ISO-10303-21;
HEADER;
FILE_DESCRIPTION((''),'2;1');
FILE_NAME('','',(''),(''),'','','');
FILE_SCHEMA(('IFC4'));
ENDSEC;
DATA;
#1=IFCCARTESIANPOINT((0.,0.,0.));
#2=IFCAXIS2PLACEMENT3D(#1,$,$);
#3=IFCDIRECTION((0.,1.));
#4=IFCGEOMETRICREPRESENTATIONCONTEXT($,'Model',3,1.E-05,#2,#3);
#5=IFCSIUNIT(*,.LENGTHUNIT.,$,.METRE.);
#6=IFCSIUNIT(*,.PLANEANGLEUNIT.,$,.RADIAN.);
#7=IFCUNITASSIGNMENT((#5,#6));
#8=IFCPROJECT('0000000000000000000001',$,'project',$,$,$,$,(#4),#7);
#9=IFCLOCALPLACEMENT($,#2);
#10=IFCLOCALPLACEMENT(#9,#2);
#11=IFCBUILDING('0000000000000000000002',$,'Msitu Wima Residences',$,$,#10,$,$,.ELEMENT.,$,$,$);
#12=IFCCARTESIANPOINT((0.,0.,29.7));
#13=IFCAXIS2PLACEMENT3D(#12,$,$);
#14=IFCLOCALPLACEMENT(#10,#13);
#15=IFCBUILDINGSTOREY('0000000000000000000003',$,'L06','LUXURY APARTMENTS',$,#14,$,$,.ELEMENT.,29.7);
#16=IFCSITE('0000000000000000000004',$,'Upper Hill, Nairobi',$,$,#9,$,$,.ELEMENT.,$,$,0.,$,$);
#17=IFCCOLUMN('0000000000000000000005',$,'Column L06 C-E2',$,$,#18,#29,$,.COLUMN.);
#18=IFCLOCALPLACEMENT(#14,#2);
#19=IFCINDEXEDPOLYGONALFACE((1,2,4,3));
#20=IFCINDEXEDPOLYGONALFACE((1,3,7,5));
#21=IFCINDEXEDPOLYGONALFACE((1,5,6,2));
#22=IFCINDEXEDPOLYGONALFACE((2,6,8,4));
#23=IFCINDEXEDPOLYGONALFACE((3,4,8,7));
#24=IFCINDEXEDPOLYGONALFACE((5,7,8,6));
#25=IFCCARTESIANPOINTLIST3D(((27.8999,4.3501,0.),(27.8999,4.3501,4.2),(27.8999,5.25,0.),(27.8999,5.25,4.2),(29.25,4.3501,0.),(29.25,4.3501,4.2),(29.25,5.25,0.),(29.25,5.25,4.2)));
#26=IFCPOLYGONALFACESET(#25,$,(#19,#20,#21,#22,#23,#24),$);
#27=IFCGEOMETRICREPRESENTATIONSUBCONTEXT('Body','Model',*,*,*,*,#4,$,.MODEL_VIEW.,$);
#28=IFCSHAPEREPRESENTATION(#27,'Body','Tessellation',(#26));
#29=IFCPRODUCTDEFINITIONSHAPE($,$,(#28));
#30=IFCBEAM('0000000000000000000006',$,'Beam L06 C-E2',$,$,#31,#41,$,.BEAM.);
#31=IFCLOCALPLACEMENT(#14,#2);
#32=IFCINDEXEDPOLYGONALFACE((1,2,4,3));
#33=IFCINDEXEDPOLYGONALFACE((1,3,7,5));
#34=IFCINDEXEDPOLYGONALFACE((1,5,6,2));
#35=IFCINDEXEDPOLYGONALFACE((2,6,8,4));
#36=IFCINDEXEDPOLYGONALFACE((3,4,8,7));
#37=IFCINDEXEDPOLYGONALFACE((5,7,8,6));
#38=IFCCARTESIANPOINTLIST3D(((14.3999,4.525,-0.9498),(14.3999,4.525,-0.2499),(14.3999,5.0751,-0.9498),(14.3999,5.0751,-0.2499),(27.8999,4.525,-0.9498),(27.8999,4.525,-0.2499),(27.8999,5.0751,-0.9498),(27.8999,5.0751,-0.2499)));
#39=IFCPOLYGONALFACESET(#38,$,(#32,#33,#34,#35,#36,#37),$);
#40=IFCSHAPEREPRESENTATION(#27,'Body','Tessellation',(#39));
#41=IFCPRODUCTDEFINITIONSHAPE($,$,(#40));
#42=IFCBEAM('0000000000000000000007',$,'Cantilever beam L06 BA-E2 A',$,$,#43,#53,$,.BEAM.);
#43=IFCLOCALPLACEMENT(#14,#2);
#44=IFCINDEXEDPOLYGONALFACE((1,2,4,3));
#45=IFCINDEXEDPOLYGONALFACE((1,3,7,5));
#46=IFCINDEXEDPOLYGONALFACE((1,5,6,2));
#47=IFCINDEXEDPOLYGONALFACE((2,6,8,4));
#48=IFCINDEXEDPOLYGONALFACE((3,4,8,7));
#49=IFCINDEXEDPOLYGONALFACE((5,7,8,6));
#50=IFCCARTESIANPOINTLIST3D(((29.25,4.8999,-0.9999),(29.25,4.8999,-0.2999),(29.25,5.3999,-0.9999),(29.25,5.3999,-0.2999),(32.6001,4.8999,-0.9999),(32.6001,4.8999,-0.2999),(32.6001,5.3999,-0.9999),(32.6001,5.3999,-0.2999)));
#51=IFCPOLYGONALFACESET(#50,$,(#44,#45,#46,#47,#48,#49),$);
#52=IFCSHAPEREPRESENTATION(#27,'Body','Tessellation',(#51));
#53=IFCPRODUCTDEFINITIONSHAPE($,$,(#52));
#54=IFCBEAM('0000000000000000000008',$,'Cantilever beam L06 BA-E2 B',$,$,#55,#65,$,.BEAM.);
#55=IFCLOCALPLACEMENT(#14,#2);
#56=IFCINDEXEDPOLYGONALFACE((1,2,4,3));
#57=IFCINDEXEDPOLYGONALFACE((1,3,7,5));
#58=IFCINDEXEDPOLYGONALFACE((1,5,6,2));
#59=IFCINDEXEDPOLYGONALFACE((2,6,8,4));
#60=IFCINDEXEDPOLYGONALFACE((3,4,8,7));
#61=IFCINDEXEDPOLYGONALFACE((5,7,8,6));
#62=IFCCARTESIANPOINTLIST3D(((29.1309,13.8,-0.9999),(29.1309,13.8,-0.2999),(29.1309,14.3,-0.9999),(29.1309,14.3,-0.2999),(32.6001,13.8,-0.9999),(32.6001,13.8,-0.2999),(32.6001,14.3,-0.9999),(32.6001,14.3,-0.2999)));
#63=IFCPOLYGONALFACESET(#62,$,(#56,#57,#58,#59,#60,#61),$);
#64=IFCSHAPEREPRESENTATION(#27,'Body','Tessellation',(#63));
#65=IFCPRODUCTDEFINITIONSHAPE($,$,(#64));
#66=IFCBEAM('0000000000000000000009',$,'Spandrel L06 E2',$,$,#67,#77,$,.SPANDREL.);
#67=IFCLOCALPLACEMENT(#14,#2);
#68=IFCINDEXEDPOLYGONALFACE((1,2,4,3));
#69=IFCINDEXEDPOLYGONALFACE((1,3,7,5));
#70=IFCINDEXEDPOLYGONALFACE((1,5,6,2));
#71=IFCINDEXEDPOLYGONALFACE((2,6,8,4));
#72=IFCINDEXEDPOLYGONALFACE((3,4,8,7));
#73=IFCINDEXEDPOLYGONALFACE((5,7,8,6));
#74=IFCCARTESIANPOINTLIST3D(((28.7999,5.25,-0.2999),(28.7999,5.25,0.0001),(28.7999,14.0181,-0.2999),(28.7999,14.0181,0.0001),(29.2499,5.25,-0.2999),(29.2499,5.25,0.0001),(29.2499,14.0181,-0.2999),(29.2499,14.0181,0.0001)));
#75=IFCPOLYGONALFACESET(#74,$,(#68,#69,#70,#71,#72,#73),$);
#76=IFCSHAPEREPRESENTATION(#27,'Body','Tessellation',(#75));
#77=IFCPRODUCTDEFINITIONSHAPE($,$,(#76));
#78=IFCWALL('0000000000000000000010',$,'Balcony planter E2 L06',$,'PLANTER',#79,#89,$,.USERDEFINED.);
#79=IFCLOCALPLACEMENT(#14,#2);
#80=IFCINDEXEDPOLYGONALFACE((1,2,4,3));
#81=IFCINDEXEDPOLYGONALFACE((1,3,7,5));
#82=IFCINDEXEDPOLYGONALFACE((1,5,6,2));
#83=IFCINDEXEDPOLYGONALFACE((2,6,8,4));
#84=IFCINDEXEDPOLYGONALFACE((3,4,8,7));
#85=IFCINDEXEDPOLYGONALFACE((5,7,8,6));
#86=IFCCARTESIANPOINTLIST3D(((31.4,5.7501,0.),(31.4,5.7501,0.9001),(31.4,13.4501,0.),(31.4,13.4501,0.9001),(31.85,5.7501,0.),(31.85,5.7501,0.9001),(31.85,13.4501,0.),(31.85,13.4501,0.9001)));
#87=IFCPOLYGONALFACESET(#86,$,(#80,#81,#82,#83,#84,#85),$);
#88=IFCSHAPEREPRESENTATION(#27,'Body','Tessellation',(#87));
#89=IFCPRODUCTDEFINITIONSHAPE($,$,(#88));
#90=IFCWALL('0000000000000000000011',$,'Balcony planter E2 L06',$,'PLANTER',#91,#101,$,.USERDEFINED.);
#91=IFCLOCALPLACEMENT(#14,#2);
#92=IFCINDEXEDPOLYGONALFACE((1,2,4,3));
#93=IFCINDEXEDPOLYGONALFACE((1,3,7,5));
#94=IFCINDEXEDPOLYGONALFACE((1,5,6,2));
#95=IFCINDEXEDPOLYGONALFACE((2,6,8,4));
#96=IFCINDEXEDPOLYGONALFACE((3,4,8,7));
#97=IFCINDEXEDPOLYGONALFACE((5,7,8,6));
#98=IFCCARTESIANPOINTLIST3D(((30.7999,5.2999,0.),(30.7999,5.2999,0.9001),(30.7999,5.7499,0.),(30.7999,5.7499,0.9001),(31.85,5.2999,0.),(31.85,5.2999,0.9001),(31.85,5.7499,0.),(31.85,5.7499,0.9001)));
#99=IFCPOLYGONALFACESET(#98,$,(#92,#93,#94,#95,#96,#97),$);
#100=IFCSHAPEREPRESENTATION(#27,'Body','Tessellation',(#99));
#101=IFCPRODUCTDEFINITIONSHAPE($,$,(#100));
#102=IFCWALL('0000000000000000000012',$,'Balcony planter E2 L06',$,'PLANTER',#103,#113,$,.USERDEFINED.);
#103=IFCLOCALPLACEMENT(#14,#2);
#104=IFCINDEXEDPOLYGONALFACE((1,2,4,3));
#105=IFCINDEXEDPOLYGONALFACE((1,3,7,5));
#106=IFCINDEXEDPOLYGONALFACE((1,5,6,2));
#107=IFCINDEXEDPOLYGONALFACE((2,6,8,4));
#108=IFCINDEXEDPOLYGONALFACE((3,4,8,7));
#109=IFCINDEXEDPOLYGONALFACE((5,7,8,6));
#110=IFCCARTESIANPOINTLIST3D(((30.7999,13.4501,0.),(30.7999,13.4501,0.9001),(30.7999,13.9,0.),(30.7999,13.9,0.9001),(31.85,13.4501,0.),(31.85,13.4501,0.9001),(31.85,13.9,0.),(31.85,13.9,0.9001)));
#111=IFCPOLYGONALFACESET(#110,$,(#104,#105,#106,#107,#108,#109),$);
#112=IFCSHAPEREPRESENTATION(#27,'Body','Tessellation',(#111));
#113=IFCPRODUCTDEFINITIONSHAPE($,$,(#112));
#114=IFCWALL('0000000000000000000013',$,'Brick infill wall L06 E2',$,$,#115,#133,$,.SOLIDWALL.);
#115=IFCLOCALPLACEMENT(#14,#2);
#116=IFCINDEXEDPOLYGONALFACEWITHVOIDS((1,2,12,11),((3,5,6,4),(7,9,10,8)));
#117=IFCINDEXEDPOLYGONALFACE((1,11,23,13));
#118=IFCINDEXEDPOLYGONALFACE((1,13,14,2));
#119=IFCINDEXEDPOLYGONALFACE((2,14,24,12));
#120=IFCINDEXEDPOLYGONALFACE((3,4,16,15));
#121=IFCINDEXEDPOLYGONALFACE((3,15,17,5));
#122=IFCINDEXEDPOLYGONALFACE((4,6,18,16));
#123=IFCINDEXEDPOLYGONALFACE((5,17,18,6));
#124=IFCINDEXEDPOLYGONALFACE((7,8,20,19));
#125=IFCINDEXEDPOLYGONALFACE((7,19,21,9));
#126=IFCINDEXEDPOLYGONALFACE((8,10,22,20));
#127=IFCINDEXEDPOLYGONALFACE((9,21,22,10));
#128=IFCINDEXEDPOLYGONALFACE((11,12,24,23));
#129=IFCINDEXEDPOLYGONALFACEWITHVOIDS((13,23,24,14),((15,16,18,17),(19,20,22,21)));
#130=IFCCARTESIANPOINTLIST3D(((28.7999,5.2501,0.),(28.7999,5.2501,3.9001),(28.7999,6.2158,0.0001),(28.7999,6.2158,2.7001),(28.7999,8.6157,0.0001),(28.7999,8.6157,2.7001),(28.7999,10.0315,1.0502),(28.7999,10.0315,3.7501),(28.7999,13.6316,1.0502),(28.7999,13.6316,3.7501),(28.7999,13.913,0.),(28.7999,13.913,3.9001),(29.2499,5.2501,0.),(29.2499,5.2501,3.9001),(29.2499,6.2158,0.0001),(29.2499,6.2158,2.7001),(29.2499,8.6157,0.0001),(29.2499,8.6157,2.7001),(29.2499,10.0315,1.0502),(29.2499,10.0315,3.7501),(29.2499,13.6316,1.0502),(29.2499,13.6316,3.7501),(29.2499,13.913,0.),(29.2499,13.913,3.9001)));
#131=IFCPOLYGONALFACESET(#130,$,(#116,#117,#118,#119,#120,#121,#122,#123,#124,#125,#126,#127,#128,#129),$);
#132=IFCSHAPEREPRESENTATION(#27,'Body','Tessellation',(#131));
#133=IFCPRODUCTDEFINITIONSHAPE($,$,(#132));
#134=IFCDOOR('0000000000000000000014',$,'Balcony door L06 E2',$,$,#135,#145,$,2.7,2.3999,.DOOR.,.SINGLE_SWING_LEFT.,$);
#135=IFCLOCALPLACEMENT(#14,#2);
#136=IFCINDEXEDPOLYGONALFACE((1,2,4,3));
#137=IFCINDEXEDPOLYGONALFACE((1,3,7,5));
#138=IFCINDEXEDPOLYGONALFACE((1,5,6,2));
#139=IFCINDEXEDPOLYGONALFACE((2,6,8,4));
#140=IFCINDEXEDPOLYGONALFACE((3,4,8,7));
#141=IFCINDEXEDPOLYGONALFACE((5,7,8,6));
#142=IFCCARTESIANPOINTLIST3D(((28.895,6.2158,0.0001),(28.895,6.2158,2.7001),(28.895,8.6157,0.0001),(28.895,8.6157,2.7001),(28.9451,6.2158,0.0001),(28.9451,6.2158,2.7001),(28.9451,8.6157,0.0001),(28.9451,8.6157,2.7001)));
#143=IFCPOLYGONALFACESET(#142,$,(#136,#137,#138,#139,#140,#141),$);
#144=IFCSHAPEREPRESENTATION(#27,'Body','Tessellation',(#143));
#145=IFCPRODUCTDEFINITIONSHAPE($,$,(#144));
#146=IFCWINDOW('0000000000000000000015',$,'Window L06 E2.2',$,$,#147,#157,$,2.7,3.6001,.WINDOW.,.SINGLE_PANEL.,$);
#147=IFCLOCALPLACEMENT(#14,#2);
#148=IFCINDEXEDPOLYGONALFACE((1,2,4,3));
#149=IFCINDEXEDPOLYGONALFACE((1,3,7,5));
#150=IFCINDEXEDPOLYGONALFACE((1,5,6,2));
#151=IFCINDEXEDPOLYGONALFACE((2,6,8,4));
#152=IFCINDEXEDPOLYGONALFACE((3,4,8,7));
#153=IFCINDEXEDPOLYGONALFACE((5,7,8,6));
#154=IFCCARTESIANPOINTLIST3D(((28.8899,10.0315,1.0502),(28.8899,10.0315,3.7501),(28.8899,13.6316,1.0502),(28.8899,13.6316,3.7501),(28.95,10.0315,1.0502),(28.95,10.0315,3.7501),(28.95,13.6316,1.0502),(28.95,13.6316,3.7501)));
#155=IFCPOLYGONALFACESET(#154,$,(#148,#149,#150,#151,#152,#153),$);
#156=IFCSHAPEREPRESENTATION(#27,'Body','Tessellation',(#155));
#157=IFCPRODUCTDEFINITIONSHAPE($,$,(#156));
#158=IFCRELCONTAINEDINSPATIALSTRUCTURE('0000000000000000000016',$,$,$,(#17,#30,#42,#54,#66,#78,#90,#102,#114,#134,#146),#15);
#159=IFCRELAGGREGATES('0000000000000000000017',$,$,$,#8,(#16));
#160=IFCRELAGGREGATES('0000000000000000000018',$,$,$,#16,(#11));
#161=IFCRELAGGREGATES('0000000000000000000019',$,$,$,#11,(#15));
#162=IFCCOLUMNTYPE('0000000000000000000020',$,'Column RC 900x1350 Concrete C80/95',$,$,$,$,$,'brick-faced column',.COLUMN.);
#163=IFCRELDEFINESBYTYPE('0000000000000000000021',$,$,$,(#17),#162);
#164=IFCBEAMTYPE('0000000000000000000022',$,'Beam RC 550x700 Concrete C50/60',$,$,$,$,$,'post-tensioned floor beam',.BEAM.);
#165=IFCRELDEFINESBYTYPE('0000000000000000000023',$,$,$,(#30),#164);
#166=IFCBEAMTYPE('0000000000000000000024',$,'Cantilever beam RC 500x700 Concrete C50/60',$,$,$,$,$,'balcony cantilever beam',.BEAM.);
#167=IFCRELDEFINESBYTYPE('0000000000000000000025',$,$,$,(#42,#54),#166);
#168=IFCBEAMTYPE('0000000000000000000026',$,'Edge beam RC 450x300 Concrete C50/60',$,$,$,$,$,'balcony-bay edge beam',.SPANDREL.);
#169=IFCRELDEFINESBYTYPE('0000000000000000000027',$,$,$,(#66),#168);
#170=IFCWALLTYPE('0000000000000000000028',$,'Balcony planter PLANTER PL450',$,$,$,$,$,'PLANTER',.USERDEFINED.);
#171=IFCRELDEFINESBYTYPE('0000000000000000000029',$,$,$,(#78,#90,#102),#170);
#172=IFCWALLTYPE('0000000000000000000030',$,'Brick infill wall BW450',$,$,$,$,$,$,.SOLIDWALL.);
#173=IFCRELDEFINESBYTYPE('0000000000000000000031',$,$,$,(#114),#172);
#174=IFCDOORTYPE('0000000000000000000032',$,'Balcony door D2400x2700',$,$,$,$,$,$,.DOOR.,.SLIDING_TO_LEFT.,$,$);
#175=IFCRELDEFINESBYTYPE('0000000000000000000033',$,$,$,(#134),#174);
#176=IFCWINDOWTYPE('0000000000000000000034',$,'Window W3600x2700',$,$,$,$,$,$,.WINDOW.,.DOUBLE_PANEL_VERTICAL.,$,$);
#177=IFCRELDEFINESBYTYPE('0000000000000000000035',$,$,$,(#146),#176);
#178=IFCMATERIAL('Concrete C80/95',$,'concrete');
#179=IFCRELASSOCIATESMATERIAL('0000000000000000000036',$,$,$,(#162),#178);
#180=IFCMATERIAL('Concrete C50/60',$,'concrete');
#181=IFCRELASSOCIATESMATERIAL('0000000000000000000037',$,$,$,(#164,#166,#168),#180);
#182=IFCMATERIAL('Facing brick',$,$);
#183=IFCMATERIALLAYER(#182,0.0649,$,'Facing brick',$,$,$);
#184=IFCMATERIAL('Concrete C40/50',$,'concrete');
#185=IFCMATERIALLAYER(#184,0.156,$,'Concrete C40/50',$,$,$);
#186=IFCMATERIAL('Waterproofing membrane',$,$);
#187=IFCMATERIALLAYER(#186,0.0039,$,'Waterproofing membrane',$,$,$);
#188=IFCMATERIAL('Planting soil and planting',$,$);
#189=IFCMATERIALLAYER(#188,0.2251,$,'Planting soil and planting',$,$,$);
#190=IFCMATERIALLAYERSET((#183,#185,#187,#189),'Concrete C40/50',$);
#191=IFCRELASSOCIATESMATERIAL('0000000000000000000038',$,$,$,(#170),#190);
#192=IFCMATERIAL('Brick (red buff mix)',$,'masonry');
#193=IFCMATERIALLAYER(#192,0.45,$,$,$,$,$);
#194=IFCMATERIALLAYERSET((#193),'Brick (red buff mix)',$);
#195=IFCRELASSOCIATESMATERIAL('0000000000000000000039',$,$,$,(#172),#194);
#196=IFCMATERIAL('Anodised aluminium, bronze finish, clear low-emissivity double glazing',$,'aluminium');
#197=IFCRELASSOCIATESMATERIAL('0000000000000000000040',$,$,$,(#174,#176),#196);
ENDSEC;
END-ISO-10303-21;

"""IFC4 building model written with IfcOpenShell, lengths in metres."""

from ifc_helpers import new_model, si_unit, direction, frame, frame_2d, origin, origin_2d, place, context, subcontext, project, spatial, rectangle, extrude, material, layer, layer_set, material_profile, profile_set, type_object, element, fill, save


model = new_model("IFC4")

# Units and contexts
model_context = context("Model", 3, precision=1e-05, world=origin(), true_north=direction((0.0, 1.0)))
body_context = subcontext(model_context, "Body", "Model", "MODEL_VIEW")
ifc_project = project(units=[si_unit("LENGTHUNIT", "METRE"), si_unit("PLANEANGLEUNIT", "RADIAN")], contexts=[model_context])

# Site, building, storey
site_placement = place(None, origin())
site = spatial("IfcSite", under=ifc_project, at=site_placement, Name="Upper Hill, Nairobi", CompositionType="ELEMENT", RefElevation=0.0)
building_placement = place(site_placement, origin())
building = spatial("IfcBuilding", under=site, at=building_placement, Name="Msitu Wima Residences", CompositionType="ELEMENT")
storey_placement = place(building_placement, frame((0.0, 0.0, 29.7)))
storey = spatial("IfcBuildingStorey", under=building, at=storey_placement, Name="L06", Description="LUXURY APARTMENTS", CompositionType="ELEMENT", Elevation=29.7)

# Column
ifc_material_1 = material(Name="Concrete C80/95", Category="concrete")
ifc_material_profile_1 = material_profile(ifc_material_1, rectangle(XDim=0.8999, YDim=1.3501, at=origin_2d()), Name="RC 900x1350")
ifc_profile_set_1 = profile_set([ifc_material_profile_1], Name="Concrete C80/95")
column_type = type_object("IfcColumnType", Name="Column RC 900x1350 Concrete C80/95", ElementType="brick-faced column", PredefinedType="COLUMN", material=ifc_profile_set_1)
column_placement = place(storey_placement, frame((28.575, 4.8, 0.0), z_axis=(0.0, 0.0, 1.0), x_axis=(0.0, 1.0, 0.0)))
element("IfcColumn", 1, at=column_placement, inside=storey, type_object=column_type, Name="Column L06 C-E2", PredefinedType="COLUMN", context=body_context, shape_type="SweptSolid", body=[
    extrude(rectangle(XDim=0.8999, YDim=1.3501, at=origin_2d()), origin(), (0.0, 0.0, 1.0), 4.2),
])

# Beams
ifc_material_2 = material(Name="Concrete C50/60", Category="concrete")
ifc_material_profile_2 = material_profile(ifc_material_2, rectangle(XDim=0.55, YDim=0.7, at=origin_2d()), Name="RC 550x700")
ifc_profile_set_2 = profile_set([ifc_material_profile_2], Name="Concrete C50/60")
beam_type_1 = type_object("IfcBeamType", Name="Beam RC 550x700 Concrete C50/60", ElementType="post-tensioned floor beam", PredefinedType="BEAM", material=ifc_profile_set_2)
beam_1_placement = place(storey_placement, frame((27.8999, 4.8, -0.5999), z_axis=(-1.0, 0.0, 0.0), x_axis=(0.0, -1.0, 0.0)))
element("IfcBeam", 2, at=beam_1_placement, inside=storey, type_object=beam_type_1, Name="Beam L06 C-E2", PredefinedType="BEAM", context=body_context, shape_type="SweptSolid", body=[
    extrude(rectangle(XDim=0.55, YDim=0.7, at=origin_2d()), origin(), (0.0, 0.0, 1.0), 13.5),
])
ifc_material_profile_3 = material_profile(ifc_material_2, rectangle(XDim=0.5, YDim=0.7, at=origin_2d()), Name="RC 500x700")
ifc_profile_set_3 = profile_set([ifc_material_profile_3], Name="Concrete C50/60")
beam_type_2 = type_object("IfcBeamType", Name="Cantilever beam RC 500x700 Concrete C50/60", ElementType="balcony cantilever beam", PredefinedType="BEAM", material=ifc_profile_set_3)
beam_2_placement = place(storey_placement, frame((29.25, 5.1499, -0.6499), z_axis=(1.0, 0.0, 0.0), x_axis=(0.0, 1.0, 0.0)))
element("IfcBeam", 3, at=beam_2_placement, inside=storey, type_object=beam_type_2, Name="Cantilever beam L06 BA-E2 A", PredefinedType="BEAM", context=body_context, shape_type="SweptSolid", body=[
    extrude(rectangle(XDim=0.5, YDim=0.7, at=origin_2d()), origin(), (0.0, 0.0, 1.0), 3.3501),
])
beam_3_placement = place(storey_placement, frame((29.1309, 14.05, -0.6499), z_axis=(1.0, 0.0, 0.0), x_axis=(0.0, 1.0, 0.0)))
element("IfcBeam", 4, at=beam_3_placement, inside=storey, type_object=beam_type_2, Name="Cantilever beam L06 BA-E2 B", PredefinedType="BEAM", context=body_context, shape_type="SweptSolid", body=[
    extrude(rectangle(XDim=0.5, YDim=0.7, at=origin_2d()), origin(), (0.0, 0.0, 1.0), 3.4692),
])
ifc_material_profile_4 = material_profile(ifc_material_2, rectangle(XDim=0.45, YDim=0.3, at=origin_2d()), Name="RC 450x300")
ifc_profile_set_4 = profile_set([ifc_material_profile_4], Name="Concrete C50/60")
beam_type_3 = type_object("IfcBeamType", Name="Edge beam RC 450x300 Concrete C50/60", ElementType="balcony-bay edge beam", PredefinedType="SPANDREL", material=ifc_profile_set_4)
beam_4_placement = place(storey_placement, frame((29.0249, 5.25, -0.1499), z_axis=(0.0, 1.0, 0.0), x_axis=(-1.0, 0.0, 0.0)))
element("IfcBeam", 5, at=beam_4_placement, inside=storey, type_object=beam_type_3, Name="Spandrel L06 E2", PredefinedType="SPANDREL", context=body_context, shape_type="SweptSolid", body=[
    extrude(rectangle(XDim=0.45, YDim=0.3, at=origin_2d()), origin(), (0.0, 0.0, 1.0), 8.7681),
])

# Walls
ifc_material_3 = material(Name="Facing brick")
ifc_layer_1 = layer(ifc_material_3, 0.0649, Name="Facing brick")
ifc_material_4 = material(Name="Concrete C40/50", Category="concrete")
ifc_layer_2 = layer(ifc_material_4, 0.156, Name="Concrete C40/50")
ifc_material_5 = material(Name="Waterproofing membrane")
ifc_layer_3 = layer(ifc_material_5, 0.0039, Name="Waterproofing membrane")
ifc_material_6 = material(Name="Planting soil and planting")
ifc_layer_4 = layer(ifc_material_6, 0.2251, Name="Planting soil and planting")
ifc_layer_set_1 = layer_set([ifc_layer_1, ifc_layer_2, ifc_layer_3, ifc_layer_4], Name="Concrete C40/50")
wall_type_1 = type_object("IfcWallType", Name="Balcony planter PLANTER PL450", ElementType="PLANTER", PredefinedType="USERDEFINED", material=ifc_layer_set_1)
wall_1_placement = place(storey_placement, frame((31.625, 5.75, 0.0), z_axis=(0.0, 0.0, 1.0), x_axis=(0.0, 1.0, 0.0)))
element("IfcWall", 6, at=wall_1_placement, inside=storey, type_object=wall_type_1, Name="Balcony planter E2 L06", ObjectType="PLANTER", PredefinedType="USERDEFINED", context=body_context, shape_type="SweptSolid", body=[
    extrude(rectangle(XDim=7.7, YDim=0.45, at=frame_2d((3.8501, 0.0))), origin(), (0.0, 0.0, 1.0), 0.9001),
])
for number, where, z_axis, x_axis, name in (
    (7, (30.8, 5.5249, 0.0), (0.0, 0.0, 1.0), (1.0, 0.0, 0.0), "Balcony planter E2 L06"),
    (8, (30.8, 13.675, 0.0), (0.0, 0.0, 1.0), (1.0, 0.0, 0.0), "Balcony planter E2 L06"),
):
    element("IfcWall", number, at=place(storey_placement, frame(where, z_axis=z_axis, x_axis=x_axis)), inside=storey, type_object=wall_type_1, Name=name, ObjectType="PLANTER", PredefinedType="USERDEFINED", context=body_context, shape_type="SweptSolid", body=[
        extrude(rectangle(XDim=1.05, YDim=0.45, at=frame_2d((0.5249, 0.0))), origin(), (0.0, 0.0, 1.0), 0.9001),
    ])

# Wall, openings, door, window
ifc_material_7 = material(Name="Brick (red buff mix)", Category="masonry")
ifc_layer_5 = layer(ifc_material_7, 0.45)
ifc_layer_set_2 = layer_set([ifc_layer_5], Name="Brick (red buff mix)")
wall_type_2 = type_object("IfcWallType", Name="Brick infill wall BW450", PredefinedType="SOLIDWALL", material=ifc_layer_set_2)
wall_2_placement = place(storey_placement, frame((29.0249, 5.25, 0.0), z_axis=(0.0, 0.0, 1.0), x_axis=(0.0, 1.0, 0.0)))
wall_2 = element("IfcWall", 9, at=wall_2_placement, inside=storey, type_object=wall_type_2, Name="Brick infill wall L06 E2", PredefinedType="SOLIDWALL", context=body_context, shape_type="SweptSolid", body=[
    extrude(rectangle(XDim=8.6628, YDim=0.45, at=frame_2d((4.3315, 0.0))), origin(), (0.0, 0.0, 1.0), 3.9001),
])
opening_1_placement = place(wall_2_placement, frame((0.9658, 0.0, 0.0)))
opening_1 = element("IfcOpeningElement", 10, at=opening_1_placement, cuts=wall_2, PredefinedType="OPENING", context=body_context, shape_type="SweptSolid", body=[
    extrude(rectangle(XDim=2.3999, YDim=2.7, at=frame_2d((1.2, 1.3501))), frame((0.0, 0.2349, 0.0), z_axis=(0.0, -1.0, 0.0), x_axis=(1.0, 0.0, 0.0)), (0.0, 0.0, 1.0), 0.47),
])
opening_2_placement = place(wall_2_placement, frame((4.7815, 0.0, 1.05)))
opening_2 = element("IfcOpeningElement", 11, at=opening_2_placement, cuts=wall_2, PredefinedType="OPENING", context=body_context, shape_type="SweptSolid", body=[
    extrude(rectangle(XDim=3.6001, YDim=2.7, at=frame_2d((1.8, 1.3501))), frame((0.0, 0.2349, 0.0), z_axis=(0.0, -1.0, 0.0), x_axis=(1.0, 0.0, 0.0)), (0.0, 0.0, 1.0), 0.47),
])
ifc_material_8 = material(Name="Anodised aluminium, bronze finish, clear low-emissivity double glazing", Category="aluminium")
door_type_1 = type_object("IfcDoorType", Name="Balcony door D2400x2700", OperationType="SLIDING_TO_LEFT", PredefinedType="DOOR", material=ifc_material_8)
door_1_placement = place(opening_1_placement, origin())
door_1 = element("IfcDoor", 12, at=door_1_placement, inside=storey, type_object=door_type_1, Name="Balcony door L06 E2", OperationType="SINGLE_SWING_LEFT", OverallHeight=2.7, OverallWidth=2.3999, PredefinedType="DOOR", context=body_context, shape_type="SweptSolid", body=[
    extrude(rectangle(XDim=2.3999, YDim=2.7, at=frame_2d((1.2, 1.3501))), frame((0.0, 0.1299, 0.0), z_axis=(0.0, -1.0, 0.0), x_axis=(1.0, 0.0, 0.0)), (0.0, 0.0, 1.0), 0.05),
])
fill(opening_1, door_1)
window_type = type_object("IfcWindowType", Name="Window W3600x2700", PartitioningType="DOUBLE_PANEL_VERTICAL", PredefinedType="WINDOW", material=ifc_material_8)
window_placement = place(opening_2_placement, origin())
window = element("IfcWindow", 13, at=window_placement, inside=storey, type_object=window_type, Name="Window L06 E2.2", OverallHeight=2.7, OverallWidth=3.6001, PartitioningType="SINGLE_PANEL", PredefinedType="WINDOW", context=body_context, shape_type="SweptSolid", body=[
    extrude(rectangle(XDim=3.6001, YDim=2.7, at=frame_2d((1.8, 1.3501))), frame((0.0, 0.135, 0.0), z_axis=(0.0, -1.0, 0.0), x_axis=(1.0, 0.0, 0.0)), (0.0, 0.0, 1.0), 0.0601),
])
fill(opening_2, window)

save(model, "model.ifc")
